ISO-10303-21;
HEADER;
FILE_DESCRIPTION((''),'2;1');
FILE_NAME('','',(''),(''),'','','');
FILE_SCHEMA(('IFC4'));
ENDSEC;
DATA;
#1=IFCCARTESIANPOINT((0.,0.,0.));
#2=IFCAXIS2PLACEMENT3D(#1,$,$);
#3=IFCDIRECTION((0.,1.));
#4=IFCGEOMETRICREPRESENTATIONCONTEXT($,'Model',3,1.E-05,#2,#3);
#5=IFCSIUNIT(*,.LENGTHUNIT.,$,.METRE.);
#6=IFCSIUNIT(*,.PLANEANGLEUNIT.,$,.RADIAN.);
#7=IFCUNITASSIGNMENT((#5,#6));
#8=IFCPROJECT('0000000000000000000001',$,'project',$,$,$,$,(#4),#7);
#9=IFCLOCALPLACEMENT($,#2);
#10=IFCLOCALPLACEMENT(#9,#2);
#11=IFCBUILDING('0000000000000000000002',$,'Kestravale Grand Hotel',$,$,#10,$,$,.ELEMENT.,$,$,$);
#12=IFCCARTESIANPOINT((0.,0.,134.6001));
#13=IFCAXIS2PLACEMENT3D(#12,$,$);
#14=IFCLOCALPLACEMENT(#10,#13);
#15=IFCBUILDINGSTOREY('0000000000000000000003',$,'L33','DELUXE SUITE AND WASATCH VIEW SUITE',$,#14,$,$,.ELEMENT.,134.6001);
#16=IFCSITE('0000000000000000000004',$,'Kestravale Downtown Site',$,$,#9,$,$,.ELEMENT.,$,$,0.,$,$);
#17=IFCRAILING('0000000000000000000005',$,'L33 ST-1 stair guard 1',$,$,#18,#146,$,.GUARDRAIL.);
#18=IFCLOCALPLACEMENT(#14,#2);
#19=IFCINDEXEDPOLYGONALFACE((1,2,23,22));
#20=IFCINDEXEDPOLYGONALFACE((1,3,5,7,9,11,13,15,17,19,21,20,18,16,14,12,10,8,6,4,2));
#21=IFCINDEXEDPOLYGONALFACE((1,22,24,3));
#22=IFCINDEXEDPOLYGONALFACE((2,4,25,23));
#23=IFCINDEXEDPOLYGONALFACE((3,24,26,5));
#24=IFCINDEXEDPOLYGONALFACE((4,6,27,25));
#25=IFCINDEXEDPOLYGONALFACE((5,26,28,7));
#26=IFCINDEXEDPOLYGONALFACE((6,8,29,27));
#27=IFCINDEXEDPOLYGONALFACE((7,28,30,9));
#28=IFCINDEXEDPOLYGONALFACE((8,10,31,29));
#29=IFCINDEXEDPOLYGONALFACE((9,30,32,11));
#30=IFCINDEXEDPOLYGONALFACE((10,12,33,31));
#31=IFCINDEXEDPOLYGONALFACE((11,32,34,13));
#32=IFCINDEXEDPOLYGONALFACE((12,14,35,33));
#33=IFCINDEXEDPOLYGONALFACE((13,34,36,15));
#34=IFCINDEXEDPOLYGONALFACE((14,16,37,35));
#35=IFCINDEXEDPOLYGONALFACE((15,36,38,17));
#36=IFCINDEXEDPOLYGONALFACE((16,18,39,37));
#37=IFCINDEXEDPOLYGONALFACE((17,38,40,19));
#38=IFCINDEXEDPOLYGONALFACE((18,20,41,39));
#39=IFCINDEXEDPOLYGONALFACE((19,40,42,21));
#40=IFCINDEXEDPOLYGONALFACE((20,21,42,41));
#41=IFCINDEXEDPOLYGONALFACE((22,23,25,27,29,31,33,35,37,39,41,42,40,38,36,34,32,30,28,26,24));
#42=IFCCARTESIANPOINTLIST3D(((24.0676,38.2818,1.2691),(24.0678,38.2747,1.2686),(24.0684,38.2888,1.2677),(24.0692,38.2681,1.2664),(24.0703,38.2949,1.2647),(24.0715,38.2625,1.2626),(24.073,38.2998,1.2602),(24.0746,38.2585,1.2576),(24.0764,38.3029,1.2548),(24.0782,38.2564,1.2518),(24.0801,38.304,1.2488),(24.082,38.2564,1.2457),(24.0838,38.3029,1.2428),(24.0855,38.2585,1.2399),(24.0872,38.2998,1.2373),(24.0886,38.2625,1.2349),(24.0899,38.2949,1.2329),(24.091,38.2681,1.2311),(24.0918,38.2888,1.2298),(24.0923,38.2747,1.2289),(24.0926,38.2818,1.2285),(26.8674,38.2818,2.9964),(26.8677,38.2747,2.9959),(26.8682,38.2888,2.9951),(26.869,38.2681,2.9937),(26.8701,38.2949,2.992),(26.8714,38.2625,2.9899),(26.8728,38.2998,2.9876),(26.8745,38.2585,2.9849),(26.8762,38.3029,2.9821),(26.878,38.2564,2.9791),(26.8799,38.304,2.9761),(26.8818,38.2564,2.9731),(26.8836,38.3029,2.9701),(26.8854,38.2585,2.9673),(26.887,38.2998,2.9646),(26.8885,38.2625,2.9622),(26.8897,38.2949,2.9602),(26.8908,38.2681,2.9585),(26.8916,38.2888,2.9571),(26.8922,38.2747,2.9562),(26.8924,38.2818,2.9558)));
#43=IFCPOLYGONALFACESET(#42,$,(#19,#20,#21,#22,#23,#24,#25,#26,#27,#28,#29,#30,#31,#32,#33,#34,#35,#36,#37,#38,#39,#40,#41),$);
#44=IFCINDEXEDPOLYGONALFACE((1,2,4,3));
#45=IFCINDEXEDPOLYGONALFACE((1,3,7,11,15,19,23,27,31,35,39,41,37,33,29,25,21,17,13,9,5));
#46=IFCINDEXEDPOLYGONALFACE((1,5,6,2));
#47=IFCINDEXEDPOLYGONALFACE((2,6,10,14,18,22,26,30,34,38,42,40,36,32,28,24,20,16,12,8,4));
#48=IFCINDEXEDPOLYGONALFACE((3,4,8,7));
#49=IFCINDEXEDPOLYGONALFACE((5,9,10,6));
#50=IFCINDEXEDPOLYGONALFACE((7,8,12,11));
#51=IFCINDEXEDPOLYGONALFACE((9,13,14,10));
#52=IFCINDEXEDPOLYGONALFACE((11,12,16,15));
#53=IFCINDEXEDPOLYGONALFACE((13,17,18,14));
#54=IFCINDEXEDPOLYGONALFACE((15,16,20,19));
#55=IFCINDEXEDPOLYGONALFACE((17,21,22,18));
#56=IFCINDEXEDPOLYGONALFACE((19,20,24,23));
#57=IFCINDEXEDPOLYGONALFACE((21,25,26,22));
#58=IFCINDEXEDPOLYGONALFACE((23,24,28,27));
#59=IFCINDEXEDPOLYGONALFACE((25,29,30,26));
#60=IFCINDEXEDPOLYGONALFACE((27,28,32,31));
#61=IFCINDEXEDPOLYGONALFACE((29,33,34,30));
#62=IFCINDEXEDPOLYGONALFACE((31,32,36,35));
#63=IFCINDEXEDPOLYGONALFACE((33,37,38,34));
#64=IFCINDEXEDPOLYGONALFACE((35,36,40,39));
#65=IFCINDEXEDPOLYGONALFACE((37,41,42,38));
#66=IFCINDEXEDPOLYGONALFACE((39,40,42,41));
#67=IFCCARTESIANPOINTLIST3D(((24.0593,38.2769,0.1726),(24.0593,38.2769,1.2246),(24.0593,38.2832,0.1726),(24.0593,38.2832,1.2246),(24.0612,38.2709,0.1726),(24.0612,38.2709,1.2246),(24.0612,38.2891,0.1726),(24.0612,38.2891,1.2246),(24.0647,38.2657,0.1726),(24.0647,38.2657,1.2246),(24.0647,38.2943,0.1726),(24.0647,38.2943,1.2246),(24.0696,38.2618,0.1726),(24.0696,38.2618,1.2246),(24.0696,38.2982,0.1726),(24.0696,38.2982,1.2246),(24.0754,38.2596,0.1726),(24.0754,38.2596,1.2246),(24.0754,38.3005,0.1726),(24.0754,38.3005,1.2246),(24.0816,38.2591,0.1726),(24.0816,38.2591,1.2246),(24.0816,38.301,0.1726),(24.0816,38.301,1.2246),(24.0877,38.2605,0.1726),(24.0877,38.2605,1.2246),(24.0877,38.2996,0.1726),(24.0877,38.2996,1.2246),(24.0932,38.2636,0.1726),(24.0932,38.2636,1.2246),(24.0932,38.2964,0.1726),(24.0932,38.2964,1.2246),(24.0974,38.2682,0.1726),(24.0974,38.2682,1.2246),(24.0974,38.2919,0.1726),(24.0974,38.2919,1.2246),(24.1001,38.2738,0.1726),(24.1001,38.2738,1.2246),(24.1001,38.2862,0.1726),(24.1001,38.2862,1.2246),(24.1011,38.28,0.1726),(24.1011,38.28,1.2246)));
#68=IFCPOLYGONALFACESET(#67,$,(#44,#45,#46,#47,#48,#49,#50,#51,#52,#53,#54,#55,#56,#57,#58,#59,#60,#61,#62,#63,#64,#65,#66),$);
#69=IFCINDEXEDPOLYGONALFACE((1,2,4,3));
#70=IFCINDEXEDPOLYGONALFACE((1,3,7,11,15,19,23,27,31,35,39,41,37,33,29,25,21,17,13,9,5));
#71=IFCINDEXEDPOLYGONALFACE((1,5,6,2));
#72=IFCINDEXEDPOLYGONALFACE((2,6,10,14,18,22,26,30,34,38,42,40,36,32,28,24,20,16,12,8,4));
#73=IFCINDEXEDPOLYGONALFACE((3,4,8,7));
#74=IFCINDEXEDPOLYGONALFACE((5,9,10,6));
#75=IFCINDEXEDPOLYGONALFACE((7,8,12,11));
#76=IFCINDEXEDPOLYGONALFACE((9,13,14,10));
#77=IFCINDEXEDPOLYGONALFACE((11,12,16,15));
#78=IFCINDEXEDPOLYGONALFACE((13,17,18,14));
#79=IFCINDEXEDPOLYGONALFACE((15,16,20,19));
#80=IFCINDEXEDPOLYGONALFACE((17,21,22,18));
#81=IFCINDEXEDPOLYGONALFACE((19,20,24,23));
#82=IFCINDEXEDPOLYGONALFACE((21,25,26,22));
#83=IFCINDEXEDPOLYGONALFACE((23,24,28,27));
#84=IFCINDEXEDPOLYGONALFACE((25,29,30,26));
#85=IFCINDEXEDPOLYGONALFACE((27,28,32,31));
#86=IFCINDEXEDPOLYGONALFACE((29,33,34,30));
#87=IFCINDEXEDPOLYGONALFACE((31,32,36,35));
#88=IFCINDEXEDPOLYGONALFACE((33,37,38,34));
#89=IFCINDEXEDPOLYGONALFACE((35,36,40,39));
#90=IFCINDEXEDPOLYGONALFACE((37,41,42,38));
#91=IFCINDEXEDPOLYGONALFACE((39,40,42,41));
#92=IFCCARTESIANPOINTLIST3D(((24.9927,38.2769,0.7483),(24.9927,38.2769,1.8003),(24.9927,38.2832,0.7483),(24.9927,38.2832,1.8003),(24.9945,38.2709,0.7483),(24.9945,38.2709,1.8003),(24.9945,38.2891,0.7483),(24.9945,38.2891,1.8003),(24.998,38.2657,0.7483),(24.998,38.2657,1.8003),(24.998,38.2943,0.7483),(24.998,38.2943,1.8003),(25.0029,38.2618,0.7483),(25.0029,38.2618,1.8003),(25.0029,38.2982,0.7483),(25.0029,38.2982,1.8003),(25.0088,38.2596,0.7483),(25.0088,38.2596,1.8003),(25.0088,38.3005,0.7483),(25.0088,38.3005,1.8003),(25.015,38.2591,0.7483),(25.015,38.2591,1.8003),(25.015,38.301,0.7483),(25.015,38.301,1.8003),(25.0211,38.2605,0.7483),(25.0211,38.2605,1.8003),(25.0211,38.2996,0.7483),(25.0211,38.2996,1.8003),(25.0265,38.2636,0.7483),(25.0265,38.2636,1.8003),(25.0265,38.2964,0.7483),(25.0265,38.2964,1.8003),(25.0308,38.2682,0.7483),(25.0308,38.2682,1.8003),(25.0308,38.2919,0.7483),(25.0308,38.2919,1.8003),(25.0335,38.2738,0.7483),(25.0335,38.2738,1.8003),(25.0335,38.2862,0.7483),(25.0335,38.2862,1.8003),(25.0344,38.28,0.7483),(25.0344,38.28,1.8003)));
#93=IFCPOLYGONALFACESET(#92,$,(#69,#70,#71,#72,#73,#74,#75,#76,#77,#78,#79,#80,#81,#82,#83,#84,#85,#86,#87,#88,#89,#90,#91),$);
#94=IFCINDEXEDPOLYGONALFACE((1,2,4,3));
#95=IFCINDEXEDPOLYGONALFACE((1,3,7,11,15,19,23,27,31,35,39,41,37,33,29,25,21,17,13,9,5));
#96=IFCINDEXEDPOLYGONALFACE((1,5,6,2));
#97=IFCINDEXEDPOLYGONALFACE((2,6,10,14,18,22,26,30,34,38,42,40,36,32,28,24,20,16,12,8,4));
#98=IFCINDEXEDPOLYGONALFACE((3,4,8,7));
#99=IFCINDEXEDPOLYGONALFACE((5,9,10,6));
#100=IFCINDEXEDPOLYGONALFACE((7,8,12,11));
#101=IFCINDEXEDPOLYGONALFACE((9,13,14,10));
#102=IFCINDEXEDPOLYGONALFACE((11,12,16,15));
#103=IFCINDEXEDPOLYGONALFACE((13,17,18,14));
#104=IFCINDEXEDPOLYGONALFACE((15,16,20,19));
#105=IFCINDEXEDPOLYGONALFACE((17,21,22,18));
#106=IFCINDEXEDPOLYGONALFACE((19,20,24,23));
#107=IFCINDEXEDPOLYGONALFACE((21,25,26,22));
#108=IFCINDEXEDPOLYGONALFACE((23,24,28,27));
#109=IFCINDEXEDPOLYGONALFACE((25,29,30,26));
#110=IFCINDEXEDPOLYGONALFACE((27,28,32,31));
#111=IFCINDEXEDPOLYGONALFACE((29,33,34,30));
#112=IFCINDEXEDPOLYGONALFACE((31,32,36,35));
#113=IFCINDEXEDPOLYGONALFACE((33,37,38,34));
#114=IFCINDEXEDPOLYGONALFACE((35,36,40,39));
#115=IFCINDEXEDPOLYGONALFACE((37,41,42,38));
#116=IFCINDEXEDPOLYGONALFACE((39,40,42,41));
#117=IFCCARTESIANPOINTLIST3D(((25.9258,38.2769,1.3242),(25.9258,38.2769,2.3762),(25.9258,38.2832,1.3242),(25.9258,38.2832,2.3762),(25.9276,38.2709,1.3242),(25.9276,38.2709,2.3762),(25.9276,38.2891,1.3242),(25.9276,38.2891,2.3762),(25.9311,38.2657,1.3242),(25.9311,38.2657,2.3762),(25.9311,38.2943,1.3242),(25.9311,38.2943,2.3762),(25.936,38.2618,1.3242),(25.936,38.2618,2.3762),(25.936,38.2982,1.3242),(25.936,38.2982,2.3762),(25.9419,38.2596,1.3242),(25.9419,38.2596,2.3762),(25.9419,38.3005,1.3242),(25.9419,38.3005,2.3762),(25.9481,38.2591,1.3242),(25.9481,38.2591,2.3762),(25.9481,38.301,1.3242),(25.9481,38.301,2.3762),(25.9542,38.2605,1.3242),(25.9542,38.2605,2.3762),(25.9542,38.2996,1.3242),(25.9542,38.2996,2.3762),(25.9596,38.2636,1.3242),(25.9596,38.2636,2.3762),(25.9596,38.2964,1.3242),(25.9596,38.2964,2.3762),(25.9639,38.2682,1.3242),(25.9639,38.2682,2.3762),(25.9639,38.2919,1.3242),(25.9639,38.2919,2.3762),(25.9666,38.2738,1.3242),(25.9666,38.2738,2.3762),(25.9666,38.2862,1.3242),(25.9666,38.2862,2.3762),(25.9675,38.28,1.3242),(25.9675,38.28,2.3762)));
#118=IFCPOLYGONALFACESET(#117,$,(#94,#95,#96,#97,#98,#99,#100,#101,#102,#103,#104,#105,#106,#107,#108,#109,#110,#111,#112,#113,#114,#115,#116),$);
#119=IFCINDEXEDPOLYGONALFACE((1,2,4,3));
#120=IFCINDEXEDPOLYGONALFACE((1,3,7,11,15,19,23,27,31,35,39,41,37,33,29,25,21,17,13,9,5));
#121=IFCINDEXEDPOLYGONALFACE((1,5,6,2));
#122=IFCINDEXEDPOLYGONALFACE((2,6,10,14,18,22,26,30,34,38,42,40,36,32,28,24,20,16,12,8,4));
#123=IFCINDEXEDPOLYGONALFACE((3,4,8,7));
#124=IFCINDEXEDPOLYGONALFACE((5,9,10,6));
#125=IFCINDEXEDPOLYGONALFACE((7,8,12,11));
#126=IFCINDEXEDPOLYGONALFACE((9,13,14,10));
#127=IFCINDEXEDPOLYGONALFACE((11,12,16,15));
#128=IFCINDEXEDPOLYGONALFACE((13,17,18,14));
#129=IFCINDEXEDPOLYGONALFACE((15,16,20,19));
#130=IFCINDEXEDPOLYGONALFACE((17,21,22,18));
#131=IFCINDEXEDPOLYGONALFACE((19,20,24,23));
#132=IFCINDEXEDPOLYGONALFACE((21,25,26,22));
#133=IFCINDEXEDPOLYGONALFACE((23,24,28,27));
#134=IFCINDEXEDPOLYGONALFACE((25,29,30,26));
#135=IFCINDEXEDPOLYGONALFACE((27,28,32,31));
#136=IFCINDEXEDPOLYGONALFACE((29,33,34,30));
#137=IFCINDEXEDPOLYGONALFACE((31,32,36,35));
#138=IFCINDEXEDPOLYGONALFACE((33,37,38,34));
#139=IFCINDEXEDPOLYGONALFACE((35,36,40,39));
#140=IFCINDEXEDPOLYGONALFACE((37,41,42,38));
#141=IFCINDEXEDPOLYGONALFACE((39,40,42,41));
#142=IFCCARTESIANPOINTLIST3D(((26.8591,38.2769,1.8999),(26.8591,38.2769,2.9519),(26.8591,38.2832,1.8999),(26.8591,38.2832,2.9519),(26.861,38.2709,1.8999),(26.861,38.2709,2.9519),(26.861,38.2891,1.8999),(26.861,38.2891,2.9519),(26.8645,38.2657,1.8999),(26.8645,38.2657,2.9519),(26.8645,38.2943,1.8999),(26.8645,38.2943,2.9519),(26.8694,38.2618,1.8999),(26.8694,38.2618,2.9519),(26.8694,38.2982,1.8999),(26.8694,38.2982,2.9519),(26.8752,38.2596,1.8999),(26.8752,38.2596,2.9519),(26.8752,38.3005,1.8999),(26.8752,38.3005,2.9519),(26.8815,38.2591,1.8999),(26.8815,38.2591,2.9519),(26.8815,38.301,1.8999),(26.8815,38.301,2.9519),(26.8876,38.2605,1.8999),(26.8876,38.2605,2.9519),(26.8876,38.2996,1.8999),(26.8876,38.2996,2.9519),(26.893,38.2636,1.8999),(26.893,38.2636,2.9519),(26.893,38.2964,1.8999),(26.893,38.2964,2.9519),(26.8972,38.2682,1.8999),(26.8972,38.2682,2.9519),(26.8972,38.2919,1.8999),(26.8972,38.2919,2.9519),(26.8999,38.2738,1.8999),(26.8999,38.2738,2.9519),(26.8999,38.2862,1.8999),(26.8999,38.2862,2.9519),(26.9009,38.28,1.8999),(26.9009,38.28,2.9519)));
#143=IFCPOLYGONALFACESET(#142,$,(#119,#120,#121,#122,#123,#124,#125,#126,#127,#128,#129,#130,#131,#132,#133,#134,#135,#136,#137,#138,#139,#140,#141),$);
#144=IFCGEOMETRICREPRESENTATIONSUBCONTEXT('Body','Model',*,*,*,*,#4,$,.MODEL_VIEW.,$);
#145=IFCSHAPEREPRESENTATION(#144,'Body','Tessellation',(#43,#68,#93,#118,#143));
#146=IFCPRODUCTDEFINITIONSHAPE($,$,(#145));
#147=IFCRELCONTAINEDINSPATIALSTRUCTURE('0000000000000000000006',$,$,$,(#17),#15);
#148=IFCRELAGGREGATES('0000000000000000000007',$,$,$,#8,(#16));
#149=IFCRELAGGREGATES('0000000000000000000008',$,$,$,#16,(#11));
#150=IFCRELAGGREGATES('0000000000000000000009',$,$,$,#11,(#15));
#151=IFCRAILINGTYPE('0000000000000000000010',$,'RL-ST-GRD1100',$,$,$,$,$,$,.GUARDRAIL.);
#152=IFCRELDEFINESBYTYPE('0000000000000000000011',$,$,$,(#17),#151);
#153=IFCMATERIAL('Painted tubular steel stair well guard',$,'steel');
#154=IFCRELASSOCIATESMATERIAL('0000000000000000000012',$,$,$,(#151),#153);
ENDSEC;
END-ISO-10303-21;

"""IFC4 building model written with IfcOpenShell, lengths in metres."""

from ifc_helpers import new_model, si_unit, direction, frame, origin, origin_2d, place, context, subcontext, project, spatial, circle, extrude, material, type_object, element, save


model = new_model("IFC4")

# Units and contexts
model_context = context("Model", 3, precision=1e-05, world=origin(), true_north=direction((0.0, 1.0)))
body_context = subcontext(model_context, "Body", "Model", "MODEL_VIEW")
ifc_project = project(units=[si_unit("LENGTHUNIT", "METRE"), si_unit("PLANEANGLEUNIT", "RADIAN")], contexts=[model_context])

# Site, building, storey
site_placement = place(None, origin())
site = spatial("IfcSite", under=ifc_project, at=site_placement, Name="Kestravale Downtown Site", CompositionType="ELEMENT", RefElevation=0.0)
building_placement = place(site_placement, origin())
building = spatial("IfcBuilding", under=site, at=building_placement, Name="Kestravale Grand Hotel", CompositionType="ELEMENT")
storey_placement = place(building_placement, frame((0.0, 0.0, 134.6001)))
storey = spatial("IfcBuildingStorey", under=building, at=storey_placement, Name="L33", Description="DELUXE SUITE AND WASATCH VIEW SUITE", CompositionType="ELEMENT", Elevation=134.6001)

# Railing
ifc_material_1 = material(Name="Painted tubular steel stair well guard", Category="steel")
railing_type_1 = type_object("IfcRailingType", Name="RL-ST-GRD1100", PredefinedType="GUARDRAIL", material=ifc_material_1)
railing_1_placement = place(storey_placement, frame((24.0801, 38.28, 0.1726)))
element("IfcRailing", 1, at=railing_1_placement, inside=storey, type_object=railing_type_1, Name="L33 ST-1 stair guard 1", PredefinedType="GUARDRAIL", context=body_context, shape_type="SweptSolid", body=[
    extrude(circle(Radius=0.0239, at=origin_2d()), frame((0.0, 0.0, 1.0762), z_axis=(0.851069, 0.0, 0.525054), x_axis=(0.0, 1.0, 0.0)), (0.0, 0.0, 1.0), 3.2898),
    extrude(circle(Radius=0.021, at=origin_2d()), origin(), (0.0, 0.0, 1.0), 1.052),
    extrude(circle(Radius=0.021, at=origin_2d()), frame((0.9333, 0.0, 0.5757)), (0.0, 0.0, 1.0), 1.052),
    extrude(circle(Radius=0.021, at=origin_2d()), frame((1.8665, 0.0, 1.1516)), (0.0, 0.0, 1.0), 1.052),
    extrude(circle(Radius=0.021, at=origin_2d()), frame((2.7998, 0.0, 1.7273)), (0.0, 0.0, 1.0), 1.052),
])

save(model, "model.ifc")
